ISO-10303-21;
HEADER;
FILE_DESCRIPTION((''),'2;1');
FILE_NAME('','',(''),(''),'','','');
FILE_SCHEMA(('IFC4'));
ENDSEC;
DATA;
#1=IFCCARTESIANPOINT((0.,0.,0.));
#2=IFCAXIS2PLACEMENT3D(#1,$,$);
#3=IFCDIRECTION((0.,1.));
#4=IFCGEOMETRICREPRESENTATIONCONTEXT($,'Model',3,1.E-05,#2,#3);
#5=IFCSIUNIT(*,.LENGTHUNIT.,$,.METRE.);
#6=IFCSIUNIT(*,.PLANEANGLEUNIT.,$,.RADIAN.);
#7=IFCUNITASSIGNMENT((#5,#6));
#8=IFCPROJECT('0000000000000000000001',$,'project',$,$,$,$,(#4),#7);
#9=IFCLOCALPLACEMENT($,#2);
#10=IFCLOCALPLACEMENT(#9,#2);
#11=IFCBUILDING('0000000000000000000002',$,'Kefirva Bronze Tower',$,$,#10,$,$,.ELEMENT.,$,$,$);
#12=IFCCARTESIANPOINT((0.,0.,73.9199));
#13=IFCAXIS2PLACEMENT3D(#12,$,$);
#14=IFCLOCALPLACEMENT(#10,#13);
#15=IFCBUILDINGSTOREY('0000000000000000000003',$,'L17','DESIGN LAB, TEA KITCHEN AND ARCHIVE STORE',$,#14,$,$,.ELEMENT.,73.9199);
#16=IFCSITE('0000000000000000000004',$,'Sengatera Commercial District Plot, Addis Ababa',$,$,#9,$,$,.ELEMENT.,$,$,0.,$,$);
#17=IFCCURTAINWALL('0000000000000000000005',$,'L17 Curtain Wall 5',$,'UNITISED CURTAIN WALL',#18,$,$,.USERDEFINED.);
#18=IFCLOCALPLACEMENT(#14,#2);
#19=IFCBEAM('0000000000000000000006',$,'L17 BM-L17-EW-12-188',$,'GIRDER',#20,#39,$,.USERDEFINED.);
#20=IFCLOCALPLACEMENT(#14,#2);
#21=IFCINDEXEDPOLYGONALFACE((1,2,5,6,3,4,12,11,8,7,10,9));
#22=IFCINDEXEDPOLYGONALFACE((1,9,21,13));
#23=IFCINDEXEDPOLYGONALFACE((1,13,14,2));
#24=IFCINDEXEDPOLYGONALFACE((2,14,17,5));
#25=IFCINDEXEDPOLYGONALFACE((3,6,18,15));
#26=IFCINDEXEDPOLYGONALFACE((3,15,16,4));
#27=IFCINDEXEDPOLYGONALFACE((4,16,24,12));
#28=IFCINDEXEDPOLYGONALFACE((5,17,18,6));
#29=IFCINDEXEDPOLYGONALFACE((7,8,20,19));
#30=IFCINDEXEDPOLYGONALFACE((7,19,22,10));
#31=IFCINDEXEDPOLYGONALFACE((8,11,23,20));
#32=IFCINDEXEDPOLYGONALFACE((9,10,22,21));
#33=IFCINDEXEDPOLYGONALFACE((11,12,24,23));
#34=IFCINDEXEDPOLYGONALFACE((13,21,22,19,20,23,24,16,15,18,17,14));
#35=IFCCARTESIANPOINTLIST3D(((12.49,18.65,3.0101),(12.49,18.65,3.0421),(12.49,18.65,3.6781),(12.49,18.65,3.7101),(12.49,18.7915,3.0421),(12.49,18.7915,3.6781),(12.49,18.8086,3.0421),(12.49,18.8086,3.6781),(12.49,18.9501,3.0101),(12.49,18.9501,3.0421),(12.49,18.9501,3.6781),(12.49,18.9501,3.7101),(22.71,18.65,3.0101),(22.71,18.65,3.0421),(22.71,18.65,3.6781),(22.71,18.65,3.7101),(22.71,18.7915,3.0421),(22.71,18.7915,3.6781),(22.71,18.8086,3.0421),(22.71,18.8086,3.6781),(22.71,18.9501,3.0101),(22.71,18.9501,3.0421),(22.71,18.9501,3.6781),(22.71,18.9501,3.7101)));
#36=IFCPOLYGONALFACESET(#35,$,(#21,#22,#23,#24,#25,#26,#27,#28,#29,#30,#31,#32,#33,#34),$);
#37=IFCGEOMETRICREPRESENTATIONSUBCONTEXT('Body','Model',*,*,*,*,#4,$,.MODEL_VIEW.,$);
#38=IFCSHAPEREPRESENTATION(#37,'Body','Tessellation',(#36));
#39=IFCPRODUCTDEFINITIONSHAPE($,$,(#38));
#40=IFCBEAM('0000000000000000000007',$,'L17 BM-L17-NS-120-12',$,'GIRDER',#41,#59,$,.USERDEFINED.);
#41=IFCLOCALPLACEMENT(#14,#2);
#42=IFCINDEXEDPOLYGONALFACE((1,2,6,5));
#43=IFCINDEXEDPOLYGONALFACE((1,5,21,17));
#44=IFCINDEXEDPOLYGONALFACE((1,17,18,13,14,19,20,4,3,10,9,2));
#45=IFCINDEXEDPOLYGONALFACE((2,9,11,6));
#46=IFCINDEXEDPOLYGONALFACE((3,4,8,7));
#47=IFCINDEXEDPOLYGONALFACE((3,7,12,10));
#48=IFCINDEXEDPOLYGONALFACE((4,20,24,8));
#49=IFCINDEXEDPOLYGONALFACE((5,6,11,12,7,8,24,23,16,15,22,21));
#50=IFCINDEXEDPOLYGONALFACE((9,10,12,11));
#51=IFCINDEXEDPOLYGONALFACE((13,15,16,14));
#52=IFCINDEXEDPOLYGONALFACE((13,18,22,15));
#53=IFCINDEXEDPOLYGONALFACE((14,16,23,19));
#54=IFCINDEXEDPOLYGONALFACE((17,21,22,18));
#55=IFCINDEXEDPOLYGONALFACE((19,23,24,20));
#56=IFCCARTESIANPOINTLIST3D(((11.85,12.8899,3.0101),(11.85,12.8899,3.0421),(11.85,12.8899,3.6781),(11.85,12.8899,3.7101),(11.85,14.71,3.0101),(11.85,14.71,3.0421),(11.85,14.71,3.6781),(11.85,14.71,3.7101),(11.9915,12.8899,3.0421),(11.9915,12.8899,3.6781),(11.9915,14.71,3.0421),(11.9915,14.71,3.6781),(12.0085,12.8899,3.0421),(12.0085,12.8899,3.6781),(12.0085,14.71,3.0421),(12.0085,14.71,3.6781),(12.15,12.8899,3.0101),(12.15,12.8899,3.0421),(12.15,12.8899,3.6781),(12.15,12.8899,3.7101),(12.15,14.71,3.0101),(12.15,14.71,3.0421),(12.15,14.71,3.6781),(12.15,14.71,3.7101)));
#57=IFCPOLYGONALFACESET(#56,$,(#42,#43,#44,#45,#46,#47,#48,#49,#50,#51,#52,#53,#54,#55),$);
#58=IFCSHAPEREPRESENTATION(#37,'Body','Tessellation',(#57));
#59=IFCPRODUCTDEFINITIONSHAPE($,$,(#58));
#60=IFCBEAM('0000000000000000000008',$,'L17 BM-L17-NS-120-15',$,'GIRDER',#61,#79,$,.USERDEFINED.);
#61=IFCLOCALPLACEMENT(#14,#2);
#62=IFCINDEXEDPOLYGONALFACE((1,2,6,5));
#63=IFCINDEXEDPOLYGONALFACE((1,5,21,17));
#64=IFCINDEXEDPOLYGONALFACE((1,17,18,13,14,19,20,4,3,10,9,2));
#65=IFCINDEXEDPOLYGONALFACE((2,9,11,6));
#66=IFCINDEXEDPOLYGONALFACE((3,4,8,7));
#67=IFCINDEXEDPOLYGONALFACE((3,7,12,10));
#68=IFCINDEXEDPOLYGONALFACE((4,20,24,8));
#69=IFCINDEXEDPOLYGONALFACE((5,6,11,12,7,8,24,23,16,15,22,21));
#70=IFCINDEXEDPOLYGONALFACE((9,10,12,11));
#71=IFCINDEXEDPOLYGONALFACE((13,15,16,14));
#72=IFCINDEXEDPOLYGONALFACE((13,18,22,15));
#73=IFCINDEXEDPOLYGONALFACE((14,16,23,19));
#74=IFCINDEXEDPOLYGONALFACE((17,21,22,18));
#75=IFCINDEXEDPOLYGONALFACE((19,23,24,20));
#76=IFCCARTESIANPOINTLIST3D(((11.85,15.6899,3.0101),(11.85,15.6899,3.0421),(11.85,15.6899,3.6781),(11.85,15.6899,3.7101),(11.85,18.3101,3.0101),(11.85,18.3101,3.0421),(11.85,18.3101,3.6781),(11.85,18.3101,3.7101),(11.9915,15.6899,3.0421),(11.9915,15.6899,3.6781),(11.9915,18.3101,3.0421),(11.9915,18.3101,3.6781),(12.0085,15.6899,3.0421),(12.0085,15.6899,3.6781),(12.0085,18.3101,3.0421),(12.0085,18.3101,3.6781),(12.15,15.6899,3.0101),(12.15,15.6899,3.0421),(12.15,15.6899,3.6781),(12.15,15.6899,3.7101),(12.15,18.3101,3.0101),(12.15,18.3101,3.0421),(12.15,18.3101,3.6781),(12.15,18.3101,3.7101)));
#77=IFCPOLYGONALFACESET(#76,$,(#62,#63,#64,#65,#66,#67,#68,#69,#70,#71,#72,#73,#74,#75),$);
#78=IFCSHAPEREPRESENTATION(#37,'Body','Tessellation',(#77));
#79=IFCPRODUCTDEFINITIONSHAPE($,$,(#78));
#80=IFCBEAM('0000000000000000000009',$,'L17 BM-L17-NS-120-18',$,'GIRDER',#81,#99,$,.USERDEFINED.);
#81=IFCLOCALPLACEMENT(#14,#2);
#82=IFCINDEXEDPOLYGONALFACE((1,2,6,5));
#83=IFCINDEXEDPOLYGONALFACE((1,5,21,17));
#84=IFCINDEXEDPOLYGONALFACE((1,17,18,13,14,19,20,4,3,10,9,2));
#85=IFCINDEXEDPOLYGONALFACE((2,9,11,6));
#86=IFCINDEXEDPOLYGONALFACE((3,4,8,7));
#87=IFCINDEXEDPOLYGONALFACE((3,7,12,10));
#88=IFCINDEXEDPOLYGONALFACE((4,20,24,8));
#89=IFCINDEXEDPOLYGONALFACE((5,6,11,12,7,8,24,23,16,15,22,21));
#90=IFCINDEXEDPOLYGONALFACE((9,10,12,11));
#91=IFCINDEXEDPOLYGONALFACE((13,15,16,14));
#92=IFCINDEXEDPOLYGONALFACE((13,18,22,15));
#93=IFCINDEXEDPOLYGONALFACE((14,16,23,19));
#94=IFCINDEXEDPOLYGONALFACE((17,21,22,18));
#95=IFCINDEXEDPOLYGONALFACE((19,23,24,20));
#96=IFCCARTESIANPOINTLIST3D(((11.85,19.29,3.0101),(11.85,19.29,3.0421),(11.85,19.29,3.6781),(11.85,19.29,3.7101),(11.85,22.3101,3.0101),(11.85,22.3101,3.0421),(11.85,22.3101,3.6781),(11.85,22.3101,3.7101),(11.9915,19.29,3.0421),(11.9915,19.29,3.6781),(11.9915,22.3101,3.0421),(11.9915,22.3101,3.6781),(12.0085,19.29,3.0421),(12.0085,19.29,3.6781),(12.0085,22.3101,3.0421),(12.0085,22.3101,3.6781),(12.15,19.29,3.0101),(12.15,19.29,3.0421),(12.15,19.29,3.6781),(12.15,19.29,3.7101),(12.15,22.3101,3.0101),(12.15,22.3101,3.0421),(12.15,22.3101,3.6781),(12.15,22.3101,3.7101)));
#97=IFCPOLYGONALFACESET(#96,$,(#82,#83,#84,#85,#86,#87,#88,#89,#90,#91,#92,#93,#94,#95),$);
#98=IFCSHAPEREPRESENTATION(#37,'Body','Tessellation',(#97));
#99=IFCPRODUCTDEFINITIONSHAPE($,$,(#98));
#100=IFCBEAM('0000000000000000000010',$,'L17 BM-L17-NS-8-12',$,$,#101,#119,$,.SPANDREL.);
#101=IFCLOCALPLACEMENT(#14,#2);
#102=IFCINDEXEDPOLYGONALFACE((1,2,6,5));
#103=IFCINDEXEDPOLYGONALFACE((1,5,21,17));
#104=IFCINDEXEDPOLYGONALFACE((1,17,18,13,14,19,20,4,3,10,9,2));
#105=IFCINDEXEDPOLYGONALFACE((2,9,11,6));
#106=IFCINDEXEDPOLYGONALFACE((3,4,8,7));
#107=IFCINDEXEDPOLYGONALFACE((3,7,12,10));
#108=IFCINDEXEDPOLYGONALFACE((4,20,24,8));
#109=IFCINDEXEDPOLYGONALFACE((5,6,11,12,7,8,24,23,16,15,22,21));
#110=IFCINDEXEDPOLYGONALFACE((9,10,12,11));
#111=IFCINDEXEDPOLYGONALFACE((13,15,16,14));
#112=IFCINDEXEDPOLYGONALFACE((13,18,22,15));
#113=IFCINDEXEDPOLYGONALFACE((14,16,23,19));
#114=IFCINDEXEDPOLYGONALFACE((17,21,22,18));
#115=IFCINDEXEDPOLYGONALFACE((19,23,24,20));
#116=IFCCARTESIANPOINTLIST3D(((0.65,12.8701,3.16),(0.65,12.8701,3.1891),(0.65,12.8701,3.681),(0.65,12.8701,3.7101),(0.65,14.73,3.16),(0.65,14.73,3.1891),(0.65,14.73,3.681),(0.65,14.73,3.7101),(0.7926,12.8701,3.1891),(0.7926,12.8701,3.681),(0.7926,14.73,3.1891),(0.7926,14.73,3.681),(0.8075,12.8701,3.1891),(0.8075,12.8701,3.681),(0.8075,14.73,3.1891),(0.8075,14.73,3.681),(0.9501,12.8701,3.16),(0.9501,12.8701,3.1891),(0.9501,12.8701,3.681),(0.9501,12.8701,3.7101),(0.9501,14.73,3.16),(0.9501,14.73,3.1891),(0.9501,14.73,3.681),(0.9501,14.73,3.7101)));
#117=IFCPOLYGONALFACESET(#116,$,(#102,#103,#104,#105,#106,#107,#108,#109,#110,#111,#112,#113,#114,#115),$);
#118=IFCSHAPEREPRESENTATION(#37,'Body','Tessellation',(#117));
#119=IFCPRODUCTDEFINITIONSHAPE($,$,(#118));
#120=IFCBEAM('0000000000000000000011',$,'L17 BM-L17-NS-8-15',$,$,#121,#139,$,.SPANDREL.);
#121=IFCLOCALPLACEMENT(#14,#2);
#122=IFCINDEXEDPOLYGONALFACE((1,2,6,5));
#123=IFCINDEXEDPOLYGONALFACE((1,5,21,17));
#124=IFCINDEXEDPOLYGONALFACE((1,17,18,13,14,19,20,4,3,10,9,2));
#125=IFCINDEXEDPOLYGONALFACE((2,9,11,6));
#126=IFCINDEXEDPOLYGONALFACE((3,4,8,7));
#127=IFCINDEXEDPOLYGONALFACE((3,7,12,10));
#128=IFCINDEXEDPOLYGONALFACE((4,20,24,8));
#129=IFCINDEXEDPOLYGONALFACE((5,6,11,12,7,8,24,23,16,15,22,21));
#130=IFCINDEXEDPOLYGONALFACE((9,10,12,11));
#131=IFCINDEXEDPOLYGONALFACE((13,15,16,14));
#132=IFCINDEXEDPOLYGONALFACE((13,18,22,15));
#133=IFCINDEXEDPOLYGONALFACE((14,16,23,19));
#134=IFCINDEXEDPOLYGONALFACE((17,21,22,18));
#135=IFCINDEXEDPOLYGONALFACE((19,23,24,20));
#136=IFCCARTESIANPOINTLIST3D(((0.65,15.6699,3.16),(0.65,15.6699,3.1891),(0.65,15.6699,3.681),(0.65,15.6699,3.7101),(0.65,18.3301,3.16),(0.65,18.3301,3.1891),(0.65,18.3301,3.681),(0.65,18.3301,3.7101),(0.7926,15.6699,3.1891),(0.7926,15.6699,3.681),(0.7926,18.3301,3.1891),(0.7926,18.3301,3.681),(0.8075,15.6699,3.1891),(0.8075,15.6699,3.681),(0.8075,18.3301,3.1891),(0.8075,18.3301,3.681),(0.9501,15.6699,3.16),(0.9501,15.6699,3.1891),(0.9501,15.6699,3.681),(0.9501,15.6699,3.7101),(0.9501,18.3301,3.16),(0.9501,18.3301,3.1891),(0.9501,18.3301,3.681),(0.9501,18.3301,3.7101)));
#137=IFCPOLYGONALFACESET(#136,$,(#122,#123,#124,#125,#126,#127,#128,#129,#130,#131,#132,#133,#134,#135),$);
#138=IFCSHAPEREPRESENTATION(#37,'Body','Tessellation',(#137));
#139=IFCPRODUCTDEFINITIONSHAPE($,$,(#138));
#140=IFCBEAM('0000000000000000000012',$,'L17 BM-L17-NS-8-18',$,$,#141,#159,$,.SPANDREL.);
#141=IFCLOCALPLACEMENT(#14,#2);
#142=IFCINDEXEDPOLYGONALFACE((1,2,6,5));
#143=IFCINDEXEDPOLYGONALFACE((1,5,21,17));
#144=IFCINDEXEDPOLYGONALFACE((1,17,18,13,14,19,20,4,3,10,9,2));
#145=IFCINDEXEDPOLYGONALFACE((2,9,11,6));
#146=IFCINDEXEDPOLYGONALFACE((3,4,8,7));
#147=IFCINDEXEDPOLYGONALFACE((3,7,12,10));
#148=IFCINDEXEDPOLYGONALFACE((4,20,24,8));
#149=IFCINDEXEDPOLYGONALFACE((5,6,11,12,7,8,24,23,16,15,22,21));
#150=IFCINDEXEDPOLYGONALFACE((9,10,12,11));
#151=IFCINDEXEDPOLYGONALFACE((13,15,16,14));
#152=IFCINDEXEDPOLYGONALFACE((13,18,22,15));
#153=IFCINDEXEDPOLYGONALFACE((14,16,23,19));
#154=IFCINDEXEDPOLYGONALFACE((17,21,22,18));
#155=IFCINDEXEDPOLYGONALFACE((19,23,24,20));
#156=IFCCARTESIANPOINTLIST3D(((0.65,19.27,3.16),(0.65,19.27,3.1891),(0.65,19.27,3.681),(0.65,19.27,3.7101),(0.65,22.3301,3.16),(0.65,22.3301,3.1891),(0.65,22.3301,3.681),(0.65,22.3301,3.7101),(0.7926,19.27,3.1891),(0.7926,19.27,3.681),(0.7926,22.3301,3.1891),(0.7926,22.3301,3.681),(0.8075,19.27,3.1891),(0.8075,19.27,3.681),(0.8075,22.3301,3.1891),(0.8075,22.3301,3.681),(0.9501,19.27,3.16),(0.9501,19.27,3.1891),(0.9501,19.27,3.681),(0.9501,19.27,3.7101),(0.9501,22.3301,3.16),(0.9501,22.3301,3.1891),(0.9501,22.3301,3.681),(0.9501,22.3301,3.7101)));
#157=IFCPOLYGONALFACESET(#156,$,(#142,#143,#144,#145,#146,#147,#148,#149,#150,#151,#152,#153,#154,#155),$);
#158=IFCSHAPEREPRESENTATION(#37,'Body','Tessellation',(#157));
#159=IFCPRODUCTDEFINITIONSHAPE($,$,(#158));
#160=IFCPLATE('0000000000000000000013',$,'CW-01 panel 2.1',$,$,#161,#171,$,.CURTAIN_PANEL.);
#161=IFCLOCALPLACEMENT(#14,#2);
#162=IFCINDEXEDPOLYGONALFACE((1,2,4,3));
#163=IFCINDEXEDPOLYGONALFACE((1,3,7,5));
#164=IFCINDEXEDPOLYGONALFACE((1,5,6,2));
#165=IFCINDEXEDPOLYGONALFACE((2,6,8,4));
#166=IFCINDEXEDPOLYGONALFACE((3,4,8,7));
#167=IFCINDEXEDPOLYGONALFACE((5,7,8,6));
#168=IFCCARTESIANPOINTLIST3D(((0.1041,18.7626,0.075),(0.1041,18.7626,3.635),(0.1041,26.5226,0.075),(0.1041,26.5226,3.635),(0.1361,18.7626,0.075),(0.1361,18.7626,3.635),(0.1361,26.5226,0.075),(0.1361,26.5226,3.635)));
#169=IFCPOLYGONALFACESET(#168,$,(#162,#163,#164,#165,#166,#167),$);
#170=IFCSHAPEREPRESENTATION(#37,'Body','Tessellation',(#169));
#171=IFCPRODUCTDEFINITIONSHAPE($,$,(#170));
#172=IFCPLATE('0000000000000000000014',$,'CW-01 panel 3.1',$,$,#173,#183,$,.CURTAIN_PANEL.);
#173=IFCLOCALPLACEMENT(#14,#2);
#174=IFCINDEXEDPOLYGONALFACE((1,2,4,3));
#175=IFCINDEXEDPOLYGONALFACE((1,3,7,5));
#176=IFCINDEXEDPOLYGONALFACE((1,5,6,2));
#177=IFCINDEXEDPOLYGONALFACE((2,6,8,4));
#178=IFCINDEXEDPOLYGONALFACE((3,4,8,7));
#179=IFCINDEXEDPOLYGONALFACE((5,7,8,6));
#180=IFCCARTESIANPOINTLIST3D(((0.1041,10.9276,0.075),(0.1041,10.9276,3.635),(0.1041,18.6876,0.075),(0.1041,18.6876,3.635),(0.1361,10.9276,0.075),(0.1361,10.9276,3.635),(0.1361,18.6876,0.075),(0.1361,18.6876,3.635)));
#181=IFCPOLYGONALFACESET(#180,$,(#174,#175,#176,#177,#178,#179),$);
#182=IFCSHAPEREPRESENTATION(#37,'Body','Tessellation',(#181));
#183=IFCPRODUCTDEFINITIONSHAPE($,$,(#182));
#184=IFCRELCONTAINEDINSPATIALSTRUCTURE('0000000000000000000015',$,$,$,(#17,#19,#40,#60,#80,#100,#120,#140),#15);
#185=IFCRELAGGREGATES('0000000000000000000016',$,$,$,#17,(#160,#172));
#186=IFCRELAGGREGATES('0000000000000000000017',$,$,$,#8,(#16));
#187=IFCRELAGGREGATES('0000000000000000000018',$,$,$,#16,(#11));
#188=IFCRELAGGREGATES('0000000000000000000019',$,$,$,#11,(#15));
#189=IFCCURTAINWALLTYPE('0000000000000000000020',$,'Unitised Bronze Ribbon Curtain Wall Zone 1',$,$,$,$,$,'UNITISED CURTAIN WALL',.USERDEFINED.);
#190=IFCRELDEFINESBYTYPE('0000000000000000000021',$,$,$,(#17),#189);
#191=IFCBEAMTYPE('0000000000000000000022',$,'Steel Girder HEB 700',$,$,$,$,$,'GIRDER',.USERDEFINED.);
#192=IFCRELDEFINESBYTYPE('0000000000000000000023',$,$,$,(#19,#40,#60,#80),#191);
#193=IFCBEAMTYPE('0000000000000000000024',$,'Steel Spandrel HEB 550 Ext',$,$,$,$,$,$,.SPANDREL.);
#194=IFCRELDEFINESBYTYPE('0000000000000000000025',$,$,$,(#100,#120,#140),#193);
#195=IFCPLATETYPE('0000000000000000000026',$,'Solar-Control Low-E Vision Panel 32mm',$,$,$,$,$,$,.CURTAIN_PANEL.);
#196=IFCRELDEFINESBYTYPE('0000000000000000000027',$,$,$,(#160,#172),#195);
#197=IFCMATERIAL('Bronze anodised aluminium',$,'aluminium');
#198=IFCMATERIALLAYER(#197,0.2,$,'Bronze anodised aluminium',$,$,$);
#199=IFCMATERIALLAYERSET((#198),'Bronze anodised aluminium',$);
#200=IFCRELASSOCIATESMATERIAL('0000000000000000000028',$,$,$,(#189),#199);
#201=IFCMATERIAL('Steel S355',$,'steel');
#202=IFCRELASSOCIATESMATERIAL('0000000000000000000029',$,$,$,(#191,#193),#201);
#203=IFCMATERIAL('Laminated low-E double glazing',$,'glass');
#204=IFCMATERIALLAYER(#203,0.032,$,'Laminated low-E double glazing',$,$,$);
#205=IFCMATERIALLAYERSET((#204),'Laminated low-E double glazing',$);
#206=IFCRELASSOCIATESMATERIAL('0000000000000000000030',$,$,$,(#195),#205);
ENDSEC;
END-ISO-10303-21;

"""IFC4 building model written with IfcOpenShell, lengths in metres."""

from ifc_helpers import new_model, si_unit, direction, frame, origin, origin_2d, place, context, subcontext, project, spatial, rectangle, i_section, extrude, material, layer, layer_set, material_profile, profile_set, type_object, element, aggregate, save


model = new_model("IFC4")

# Units and contexts
model_context = context("Model", 3, precision=1e-05, world=origin(), true_north=direction((0.0, 1.0)))
body_context = subcontext(model_context, "Body", "Model", "MODEL_VIEW")
ifc_project = project(units=[si_unit("LENGTHUNIT", "METRE"), si_unit("PLANEANGLEUNIT", "RADIAN")], contexts=[model_context])

# Site, building, storey
site_placement = place(None, origin())
site = spatial("IfcSite", under=ifc_project, at=site_placement, Name="Sengatera Commercial District Plot, Addis Ababa", CompositionType="ELEMENT", RefElevation=0.0)
building_placement = place(site_placement, origin())
building = spatial("IfcBuilding", under=site, at=building_placement, Name="Kefirva Bronze Tower", CompositionType="ELEMENT")
storey_placement = place(building_placement, frame((0.0, 0.0, 73.9199)))
storey = spatial("IfcBuildingStorey", under=building, at=storey_placement, Name="L17", Description="DESIGN LAB, TEA KITCHEN AND ARCHIVE STORE", CompositionType="ELEMENT", Elevation=73.9199)

# Curtain wall
ifc_material_1 = material(Name="Bronze anodised aluminium", Category="aluminium")
ifc_layer_1 = layer(ifc_material_1, 0.2, Name="Bronze anodised aluminium")
ifc_layer_set_1 = layer_set([ifc_layer_1], Name="Bronze anodised aluminium")
curtain_wall_type = type_object("IfcCurtainWallType", Name="Unitised Bronze Ribbon Curtain Wall Zone 1", ElementType="UNITISED CURTAIN WALL", PredefinedType="USERDEFINED", material=ifc_layer_set_1)
curtain_wall_placement = place(storey_placement, origin())
curtain_wall = element("IfcCurtainWall", 1, at=curtain_wall_placement, inside=storey, type_object=curtain_wall_type, Name="L17 Curtain Wall 5", ObjectType="UNITISED CURTAIN WALL", PredefinedType="USERDEFINED")

# Beams
ifc_material_2 = material(Name="Steel S355", Category="steel")
ifc_material_profile_1 = material_profile(ifc_material_2, i_section(OverallWidth=0.3, OverallDepth=0.7, WebThickness=0.0171, FlangeThickness=0.032, at=origin_2d()), Name="HEB 700")
ifc_profile_set_1 = profile_set([ifc_material_profile_1], Name="Steel S355")
beam_type_1 = type_object("IfcBeamType", Name="Steel Girder HEB 700", ElementType="GIRDER", PredefinedType="USERDEFINED", material=ifc_profile_set_1)
beam_1_placement = place(storey_placement, frame((12.49, 18.8, 3.3601), z_axis=(1.0, 0.0, 0.0), x_axis=(0.0, 1.0, 0.0)))
element("IfcBeam", 2, at=beam_1_placement, inside=storey, type_object=beam_type_1, Name="L17 BM-L17-EW-12-188", ObjectType="GIRDER", PredefinedType="USERDEFINED", context=body_context, shape_type="SweptSolid", body=[
    extrude(i_section(OverallWidth=0.3, OverallDepth=0.7, WebThickness=0.0171, FlangeThickness=0.032, at=origin_2d()), origin(), (0.0, 0.0, 1.0), 10.22),
])
beam_2_placement = place(storey_placement, frame((12.0, 12.8899, 3.3601), z_axis=(0.0, 1.0, 0.0), x_axis=(-1.0, 0.0, 0.0)))
element("IfcBeam", 3, at=beam_2_placement, inside=storey, type_object=beam_type_1, Name="L17 BM-L17-NS-120-12", ObjectType="GIRDER", PredefinedType="USERDEFINED", context=body_context, shape_type="SweptSolid", body=[
    extrude(i_section(OverallWidth=0.3, OverallDepth=0.7, WebThickness=0.0171, FlangeThickness=0.032, at=origin_2d()), origin(), (0.0, 0.0, 1.0), 1.8201),
])
beam_3_placement = place(storey_placement, frame((12.0, 15.6899, 3.3601), z_axis=(0.0, 1.0, 0.0), x_axis=(-1.0, 0.0, 0.0)))
element("IfcBeam", 4, at=beam_3_placement, inside=storey, type_object=beam_type_1, Name="L17 BM-L17-NS-120-15", ObjectType="GIRDER", PredefinedType="USERDEFINED", context=body_context, shape_type="SweptSolid", body=[
    extrude(i_section(OverallWidth=0.3, OverallDepth=0.7, WebThickness=0.0171, FlangeThickness=0.032, at=origin_2d()), origin(), (0.0, 0.0, 1.0), 2.6201),
])
beam_4_placement = place(storey_placement, frame((12.0, 19.29, 3.3601), z_axis=(0.0, 1.0, 0.0), x_axis=(-1.0, 0.0, 0.0)))
element("IfcBeam", 5, at=beam_4_placement, inside=storey, type_object=beam_type_1, Name="L17 BM-L17-NS-120-18", ObjectType="GIRDER", PredefinedType="USERDEFINED", context=body_context, shape_type="SweptSolid", body=[
    extrude(i_section(OverallWidth=0.3, OverallDepth=0.7, WebThickness=0.0171, FlangeThickness=0.032, at=origin_2d()), origin(), (0.0, 0.0, 1.0), 3.02),
])
ifc_material_profile_2 = material_profile(ifc_material_2, i_section(OverallWidth=0.3, OverallDepth=0.55, WebThickness=0.0149, FlangeThickness=0.0291, at=origin_2d()), Name="HEB 550")
ifc_profile_set_2 = profile_set([ifc_material_profile_2], Name="Steel S355")
beam_type_2 = type_object("IfcBeamType", Name="Steel Spandrel HEB 550 Ext", PredefinedType="SPANDREL", material=ifc_profile_set_2)
beam_5_placement = place(storey_placement, frame((0.8, 12.8701, 3.4351), z_axis=(0.0, 1.0, 0.0), x_axis=(-1.0, 0.0, 0.0)))
element("IfcBeam", 6, at=beam_5_placement, inside=storey, type_object=beam_type_2, Name="L17 BM-L17-NS-8-12", PredefinedType="SPANDREL", context=body_context, shape_type="SweptSolid", body=[
    extrude(i_section(OverallWidth=0.3, OverallDepth=0.55, WebThickness=0.0149, FlangeThickness=0.0291, at=origin_2d()), origin(), (0.0, 0.0, 1.0), 1.8599),
])
beam_6_placement = place(storey_placement, frame((0.8, 15.6699, 3.4351), z_axis=(0.0, 1.0, 0.0), x_axis=(-1.0, 0.0, 0.0)))
element("IfcBeam", 7, at=beam_6_placement, inside=storey, type_object=beam_type_2, Name="L17 BM-L17-NS-8-15", PredefinedType="SPANDREL", context=body_context, shape_type="SweptSolid", body=[
    extrude(i_section(OverallWidth=0.3, OverallDepth=0.55, WebThickness=0.0149, FlangeThickness=0.0291, at=origin_2d()), origin(), (0.0, 0.0, 1.0), 2.6602),
])
beam_7_placement = place(storey_placement, frame((0.8, 19.27, 3.4351), z_axis=(0.0, 1.0, 0.0), x_axis=(-1.0, 0.0, 0.0)))
element("IfcBeam", 8, at=beam_7_placement, inside=storey, type_object=beam_type_2, Name="L17 BM-L17-NS-8-18", PredefinedType="SPANDREL", context=body_context, shape_type="SweptSolid", body=[
    extrude(i_section(OverallWidth=0.3, OverallDepth=0.55, WebThickness=0.0149, FlangeThickness=0.0291, at=origin_2d()), origin(), (0.0, 0.0, 1.0), 3.0601),
])

# Plates
ifc_material_3 = material(Name="Laminated low-E double glazing", Category="glass")
ifc_layer_2 = layer(ifc_material_3, 0.032, Name="Laminated low-E double glazing")
ifc_layer_set_2 = layer_set([ifc_layer_2], Name="Laminated low-E double glazing")
plate_type = type_object("IfcPlateType", Name="Solar-Control Low-E Vision Panel 32mm", PredefinedType="CURTAIN_PANEL", material=ifc_layer_set_2)
plate_1_placement = place(storey_placement, frame((0.1201, 22.6426, 0.075), z_axis=(0.0, 0.0, 1.0), x_axis=(0.0, -1.0, 0.0)))
plate_1 = element("IfcPlate", 9, at=plate_1_placement, type_object=plate_type, Name="CW-01 panel 2.1", PredefinedType="CURTAIN_PANEL", context=body_context, shape_type="SweptSolid", body=[
    extrude(rectangle(XDim=7.76, YDim=0.032, at=origin_2d()), origin(), (0.0, 0.0, 1.0), 3.5601),
])
plate_2_placement = place(storey_placement, frame((0.1201, 14.8076, 0.075), z_axis=(0.0, 0.0, 1.0), x_axis=(0.0, -1.0, 0.0)))
plate_2 = element("IfcPlate", 10, at=plate_2_placement, type_object=plate_type, Name="CW-01 panel 3.1", PredefinedType="CURTAIN_PANEL", context=body_context, shape_type="SweptSolid", body=[
    extrude(rectangle(XDim=7.76, YDim=0.032, at=origin_2d()), origin(), (0.0, 0.0, 1.0), 3.5601),
])
aggregate(curtain_wall, [plate_1, plate_2])

save(model, "model.ifc")
